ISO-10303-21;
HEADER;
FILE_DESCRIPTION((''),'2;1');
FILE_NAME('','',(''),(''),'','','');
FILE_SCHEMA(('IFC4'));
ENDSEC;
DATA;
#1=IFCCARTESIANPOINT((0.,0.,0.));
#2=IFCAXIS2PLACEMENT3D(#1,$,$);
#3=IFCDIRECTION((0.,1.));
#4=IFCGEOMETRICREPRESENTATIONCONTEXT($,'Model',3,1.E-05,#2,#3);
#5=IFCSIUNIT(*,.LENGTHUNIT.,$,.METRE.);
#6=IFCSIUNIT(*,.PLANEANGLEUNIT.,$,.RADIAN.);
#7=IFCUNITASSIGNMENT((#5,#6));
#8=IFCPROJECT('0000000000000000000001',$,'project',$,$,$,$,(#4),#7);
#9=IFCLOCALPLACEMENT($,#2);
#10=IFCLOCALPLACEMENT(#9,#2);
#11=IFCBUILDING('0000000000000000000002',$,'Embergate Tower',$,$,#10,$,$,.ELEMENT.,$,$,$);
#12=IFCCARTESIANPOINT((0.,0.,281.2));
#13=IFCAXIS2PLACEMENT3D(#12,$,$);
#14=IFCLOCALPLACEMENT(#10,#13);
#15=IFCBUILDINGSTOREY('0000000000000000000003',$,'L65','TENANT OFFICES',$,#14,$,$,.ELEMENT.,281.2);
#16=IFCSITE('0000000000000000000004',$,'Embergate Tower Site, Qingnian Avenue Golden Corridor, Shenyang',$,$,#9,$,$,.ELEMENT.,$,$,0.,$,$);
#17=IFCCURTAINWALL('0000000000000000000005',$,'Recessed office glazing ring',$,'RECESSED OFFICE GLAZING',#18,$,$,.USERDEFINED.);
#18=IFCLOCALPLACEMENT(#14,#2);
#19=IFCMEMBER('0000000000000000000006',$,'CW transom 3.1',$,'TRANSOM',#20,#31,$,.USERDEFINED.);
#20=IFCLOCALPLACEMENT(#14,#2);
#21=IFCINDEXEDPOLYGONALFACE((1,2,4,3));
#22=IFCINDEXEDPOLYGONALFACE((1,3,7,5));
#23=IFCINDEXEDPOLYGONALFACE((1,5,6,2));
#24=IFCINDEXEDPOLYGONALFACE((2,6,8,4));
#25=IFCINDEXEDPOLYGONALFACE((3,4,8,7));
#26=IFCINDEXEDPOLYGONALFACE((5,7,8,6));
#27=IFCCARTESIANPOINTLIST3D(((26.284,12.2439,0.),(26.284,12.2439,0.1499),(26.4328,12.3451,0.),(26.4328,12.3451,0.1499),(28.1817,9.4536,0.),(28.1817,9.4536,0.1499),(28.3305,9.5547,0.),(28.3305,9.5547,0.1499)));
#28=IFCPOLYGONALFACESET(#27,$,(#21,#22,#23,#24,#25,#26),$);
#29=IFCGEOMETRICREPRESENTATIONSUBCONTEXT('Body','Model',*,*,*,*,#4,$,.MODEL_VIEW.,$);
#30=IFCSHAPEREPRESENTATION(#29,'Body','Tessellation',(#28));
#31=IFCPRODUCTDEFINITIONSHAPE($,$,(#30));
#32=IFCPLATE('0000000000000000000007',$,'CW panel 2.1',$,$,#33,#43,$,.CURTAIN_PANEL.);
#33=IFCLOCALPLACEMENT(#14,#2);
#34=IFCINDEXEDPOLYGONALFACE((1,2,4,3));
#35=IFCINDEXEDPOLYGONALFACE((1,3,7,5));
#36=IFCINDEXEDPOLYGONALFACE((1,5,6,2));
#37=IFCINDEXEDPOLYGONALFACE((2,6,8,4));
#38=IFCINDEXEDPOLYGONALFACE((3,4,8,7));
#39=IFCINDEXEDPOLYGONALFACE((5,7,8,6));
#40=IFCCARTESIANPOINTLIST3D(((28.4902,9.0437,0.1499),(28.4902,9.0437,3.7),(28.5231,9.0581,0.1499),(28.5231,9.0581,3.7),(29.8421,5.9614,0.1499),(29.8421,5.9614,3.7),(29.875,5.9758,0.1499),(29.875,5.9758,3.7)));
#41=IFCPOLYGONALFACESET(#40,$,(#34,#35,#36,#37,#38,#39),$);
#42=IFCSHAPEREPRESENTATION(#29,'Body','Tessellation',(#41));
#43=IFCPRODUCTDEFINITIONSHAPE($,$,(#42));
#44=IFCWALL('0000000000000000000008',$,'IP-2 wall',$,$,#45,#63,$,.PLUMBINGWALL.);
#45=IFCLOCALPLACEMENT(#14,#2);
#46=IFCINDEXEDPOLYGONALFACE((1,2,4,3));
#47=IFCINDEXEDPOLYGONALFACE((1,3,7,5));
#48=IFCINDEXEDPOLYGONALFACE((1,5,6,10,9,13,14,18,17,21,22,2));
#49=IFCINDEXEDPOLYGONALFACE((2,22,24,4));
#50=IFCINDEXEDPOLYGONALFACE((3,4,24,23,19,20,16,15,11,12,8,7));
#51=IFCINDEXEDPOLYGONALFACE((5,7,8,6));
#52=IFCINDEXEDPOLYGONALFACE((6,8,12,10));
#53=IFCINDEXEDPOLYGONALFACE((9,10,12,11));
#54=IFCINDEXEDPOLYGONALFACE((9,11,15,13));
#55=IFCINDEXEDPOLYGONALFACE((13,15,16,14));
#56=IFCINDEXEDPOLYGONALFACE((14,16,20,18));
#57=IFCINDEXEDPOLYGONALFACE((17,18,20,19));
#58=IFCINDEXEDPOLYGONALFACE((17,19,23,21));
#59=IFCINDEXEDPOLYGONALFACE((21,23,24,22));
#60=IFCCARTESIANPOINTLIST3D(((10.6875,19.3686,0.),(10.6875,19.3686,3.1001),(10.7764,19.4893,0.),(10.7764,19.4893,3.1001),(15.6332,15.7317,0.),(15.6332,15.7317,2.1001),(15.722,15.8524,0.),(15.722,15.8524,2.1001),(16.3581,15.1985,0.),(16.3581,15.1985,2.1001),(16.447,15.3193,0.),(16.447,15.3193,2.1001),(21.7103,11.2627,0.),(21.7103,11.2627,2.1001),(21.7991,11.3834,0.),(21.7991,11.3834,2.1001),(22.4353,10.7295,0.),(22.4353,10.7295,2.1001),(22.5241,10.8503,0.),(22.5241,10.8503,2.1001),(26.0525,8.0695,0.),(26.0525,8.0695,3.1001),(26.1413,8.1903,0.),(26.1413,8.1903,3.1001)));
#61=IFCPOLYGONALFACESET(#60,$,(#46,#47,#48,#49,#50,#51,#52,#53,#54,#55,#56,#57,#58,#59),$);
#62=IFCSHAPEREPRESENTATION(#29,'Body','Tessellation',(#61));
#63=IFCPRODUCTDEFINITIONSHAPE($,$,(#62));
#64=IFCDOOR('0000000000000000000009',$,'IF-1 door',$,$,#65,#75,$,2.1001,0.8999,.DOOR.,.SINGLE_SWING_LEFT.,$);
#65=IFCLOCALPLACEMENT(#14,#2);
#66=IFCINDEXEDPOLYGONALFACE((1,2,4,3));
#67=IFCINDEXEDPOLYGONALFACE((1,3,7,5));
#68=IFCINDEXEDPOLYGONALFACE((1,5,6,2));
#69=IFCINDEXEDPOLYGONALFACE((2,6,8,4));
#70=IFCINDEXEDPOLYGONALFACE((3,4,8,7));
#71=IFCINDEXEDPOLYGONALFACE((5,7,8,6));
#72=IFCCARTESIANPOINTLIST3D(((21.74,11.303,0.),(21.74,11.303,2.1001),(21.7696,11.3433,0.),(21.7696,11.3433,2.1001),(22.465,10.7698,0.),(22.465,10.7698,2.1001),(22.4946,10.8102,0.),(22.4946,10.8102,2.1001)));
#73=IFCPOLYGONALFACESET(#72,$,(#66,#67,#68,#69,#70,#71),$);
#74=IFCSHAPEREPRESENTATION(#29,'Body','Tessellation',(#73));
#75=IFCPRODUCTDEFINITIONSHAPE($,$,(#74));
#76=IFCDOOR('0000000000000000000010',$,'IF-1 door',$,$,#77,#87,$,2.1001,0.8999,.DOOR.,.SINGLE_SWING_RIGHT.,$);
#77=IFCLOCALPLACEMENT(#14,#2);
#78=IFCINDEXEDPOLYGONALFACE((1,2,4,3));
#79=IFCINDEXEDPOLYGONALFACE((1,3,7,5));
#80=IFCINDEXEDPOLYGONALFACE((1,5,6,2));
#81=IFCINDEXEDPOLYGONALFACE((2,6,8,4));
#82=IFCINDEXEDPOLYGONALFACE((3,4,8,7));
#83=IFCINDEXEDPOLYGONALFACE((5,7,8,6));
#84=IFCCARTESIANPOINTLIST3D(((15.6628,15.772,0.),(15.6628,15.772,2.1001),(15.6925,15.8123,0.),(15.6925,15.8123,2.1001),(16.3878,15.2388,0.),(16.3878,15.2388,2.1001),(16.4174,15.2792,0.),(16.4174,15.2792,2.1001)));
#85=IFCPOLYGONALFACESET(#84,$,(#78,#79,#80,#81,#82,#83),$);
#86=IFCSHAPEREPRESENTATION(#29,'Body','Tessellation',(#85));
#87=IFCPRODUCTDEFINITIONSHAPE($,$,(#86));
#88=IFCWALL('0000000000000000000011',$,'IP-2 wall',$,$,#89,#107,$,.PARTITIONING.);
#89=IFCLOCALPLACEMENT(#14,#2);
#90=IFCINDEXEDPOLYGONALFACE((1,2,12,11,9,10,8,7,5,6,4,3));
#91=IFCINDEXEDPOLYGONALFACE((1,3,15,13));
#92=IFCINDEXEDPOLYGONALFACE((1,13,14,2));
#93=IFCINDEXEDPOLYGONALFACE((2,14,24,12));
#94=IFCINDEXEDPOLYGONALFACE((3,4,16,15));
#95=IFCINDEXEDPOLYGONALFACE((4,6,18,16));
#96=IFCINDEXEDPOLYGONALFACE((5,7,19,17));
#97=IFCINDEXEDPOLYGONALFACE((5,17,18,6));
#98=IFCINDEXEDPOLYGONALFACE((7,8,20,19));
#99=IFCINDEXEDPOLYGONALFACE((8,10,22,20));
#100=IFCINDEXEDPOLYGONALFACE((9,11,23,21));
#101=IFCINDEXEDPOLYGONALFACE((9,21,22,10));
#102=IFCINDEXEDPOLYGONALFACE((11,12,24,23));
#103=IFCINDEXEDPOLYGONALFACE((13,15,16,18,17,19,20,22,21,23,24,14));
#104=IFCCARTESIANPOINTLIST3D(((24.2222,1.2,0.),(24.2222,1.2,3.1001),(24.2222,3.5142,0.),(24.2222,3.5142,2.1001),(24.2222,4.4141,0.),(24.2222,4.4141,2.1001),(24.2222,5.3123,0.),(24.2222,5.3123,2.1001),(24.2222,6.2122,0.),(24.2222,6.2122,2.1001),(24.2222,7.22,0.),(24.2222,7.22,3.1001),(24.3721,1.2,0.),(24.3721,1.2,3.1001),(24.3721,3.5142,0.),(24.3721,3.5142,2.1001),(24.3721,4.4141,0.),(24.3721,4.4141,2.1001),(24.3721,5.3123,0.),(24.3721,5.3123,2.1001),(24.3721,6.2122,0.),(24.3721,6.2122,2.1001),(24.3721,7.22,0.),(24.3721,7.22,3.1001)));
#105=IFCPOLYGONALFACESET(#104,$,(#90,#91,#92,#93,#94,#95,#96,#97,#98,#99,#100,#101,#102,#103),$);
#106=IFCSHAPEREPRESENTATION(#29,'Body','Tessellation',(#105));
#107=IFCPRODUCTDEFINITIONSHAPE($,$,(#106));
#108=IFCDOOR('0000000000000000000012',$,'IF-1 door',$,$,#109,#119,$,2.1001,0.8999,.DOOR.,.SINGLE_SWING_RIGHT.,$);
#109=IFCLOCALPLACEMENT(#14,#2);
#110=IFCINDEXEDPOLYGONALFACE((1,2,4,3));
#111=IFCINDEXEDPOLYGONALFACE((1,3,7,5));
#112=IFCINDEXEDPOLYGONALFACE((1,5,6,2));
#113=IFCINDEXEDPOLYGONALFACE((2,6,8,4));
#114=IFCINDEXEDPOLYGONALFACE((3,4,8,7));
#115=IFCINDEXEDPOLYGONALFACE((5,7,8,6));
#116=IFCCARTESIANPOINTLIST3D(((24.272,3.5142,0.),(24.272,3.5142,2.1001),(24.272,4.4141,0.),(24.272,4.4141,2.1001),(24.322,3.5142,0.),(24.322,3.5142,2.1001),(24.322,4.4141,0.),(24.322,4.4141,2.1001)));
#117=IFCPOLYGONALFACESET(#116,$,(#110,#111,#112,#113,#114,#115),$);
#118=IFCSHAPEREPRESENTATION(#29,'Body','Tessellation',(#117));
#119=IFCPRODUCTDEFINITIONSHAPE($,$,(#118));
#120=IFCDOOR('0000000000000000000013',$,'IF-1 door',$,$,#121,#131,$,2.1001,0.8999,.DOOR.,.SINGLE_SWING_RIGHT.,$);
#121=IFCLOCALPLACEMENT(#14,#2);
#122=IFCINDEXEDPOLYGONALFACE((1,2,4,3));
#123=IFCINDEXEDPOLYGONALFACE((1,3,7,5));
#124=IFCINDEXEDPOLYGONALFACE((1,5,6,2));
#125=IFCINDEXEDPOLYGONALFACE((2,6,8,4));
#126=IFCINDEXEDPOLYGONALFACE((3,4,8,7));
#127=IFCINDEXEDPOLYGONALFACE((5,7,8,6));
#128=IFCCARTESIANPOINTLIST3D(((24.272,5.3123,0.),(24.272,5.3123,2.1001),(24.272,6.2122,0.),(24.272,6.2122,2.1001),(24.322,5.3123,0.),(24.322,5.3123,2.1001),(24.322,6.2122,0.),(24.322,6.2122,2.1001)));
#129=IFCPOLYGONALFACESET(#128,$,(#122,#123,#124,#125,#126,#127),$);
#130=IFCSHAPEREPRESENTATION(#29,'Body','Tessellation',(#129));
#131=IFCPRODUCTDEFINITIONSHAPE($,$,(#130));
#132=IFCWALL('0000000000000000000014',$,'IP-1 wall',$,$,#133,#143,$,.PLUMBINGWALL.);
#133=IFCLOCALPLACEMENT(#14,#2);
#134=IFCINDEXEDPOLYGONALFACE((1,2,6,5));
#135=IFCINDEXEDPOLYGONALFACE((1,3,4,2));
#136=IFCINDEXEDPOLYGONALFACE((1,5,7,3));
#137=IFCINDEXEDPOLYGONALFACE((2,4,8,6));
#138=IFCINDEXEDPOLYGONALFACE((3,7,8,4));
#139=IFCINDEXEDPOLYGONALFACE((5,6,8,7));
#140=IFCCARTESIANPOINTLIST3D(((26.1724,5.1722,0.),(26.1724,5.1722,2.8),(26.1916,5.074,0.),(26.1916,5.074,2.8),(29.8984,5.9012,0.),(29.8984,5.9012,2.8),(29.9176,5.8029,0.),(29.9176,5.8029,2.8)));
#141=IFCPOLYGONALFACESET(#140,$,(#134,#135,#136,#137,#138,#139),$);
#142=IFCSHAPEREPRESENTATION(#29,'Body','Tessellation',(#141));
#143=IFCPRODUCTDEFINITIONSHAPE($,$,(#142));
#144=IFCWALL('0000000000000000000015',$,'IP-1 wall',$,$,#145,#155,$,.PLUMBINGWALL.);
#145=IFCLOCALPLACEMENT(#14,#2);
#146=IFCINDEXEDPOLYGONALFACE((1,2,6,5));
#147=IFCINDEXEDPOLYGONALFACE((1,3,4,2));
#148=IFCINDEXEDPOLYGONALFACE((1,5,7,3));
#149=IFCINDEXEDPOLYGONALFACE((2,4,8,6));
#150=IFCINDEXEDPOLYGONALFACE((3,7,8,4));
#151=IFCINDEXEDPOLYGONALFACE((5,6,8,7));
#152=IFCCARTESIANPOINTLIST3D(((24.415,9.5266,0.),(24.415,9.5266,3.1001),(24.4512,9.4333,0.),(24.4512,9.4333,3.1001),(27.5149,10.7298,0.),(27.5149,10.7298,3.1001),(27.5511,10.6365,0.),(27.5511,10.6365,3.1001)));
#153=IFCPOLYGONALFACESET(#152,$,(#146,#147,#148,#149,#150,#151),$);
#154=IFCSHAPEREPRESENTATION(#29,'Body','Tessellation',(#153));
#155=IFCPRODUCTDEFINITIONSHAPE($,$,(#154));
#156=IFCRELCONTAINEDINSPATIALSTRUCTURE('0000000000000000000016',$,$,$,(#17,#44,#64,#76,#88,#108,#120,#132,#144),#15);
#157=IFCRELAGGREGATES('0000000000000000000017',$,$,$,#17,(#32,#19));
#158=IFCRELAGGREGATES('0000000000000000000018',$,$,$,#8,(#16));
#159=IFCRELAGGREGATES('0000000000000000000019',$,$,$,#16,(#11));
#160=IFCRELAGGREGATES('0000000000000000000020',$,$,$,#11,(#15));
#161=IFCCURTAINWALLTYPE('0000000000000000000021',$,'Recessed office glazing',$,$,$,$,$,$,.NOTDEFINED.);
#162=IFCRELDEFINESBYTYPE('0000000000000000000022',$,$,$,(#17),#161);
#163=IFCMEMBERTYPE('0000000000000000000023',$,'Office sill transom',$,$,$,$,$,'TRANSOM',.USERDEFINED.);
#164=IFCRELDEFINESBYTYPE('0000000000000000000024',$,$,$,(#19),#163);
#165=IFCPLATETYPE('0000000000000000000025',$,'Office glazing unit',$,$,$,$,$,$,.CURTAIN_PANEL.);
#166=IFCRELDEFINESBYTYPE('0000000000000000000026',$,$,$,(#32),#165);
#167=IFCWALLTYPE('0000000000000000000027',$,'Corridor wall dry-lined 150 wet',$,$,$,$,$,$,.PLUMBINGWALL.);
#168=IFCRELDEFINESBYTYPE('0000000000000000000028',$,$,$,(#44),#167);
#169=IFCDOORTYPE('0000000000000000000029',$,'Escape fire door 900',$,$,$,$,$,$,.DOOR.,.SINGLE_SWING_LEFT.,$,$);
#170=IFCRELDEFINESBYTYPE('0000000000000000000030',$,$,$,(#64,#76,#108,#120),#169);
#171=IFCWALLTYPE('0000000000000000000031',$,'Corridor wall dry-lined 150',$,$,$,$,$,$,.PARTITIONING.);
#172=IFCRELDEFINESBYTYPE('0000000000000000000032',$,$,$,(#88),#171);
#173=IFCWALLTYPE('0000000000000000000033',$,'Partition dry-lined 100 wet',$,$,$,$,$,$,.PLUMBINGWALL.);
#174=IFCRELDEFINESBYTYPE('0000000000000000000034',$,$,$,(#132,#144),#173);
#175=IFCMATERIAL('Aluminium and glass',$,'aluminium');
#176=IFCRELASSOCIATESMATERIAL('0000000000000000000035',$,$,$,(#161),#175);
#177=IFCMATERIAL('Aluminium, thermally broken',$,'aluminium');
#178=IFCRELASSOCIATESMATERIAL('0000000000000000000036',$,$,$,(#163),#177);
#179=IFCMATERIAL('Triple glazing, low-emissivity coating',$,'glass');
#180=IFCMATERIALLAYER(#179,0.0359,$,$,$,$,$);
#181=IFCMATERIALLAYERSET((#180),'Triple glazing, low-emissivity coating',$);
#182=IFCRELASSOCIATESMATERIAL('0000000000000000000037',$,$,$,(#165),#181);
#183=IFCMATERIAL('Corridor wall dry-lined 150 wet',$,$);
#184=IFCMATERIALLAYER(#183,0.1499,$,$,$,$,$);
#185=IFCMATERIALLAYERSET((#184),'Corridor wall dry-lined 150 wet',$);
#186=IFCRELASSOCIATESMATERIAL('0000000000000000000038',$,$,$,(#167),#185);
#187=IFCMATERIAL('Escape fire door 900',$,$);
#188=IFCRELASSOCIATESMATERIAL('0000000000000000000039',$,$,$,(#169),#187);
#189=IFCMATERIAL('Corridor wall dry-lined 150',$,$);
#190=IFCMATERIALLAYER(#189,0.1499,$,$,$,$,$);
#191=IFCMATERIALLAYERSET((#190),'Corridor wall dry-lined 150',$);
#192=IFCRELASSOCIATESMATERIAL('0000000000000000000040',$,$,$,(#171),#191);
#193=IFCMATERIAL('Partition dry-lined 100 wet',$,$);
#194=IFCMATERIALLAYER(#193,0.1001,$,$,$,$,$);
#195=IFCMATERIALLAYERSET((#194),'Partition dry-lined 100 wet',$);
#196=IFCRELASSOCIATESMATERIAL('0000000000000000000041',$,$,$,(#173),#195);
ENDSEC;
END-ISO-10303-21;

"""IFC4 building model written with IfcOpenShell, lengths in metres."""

from ifc_helpers import new_model, si_unit, direction, frame, frame_2d, origin, origin_2d, place, context, subcontext, project, spatial, rectangle, extrude, source, transform, mapped, material, layer, layer_set, material_profile, profile_set, type_object, element, fill, aggregate, save


model = new_model("IFC4")

# Units and contexts
model_context = context("Model", 3, precision=1e-05, world=origin(), true_north=direction((0.0, 1.0)))
body_context = subcontext(model_context, "Body", "Model", "MODEL_VIEW")
ifc_project = project(units=[si_unit("LENGTHUNIT", "METRE"), si_unit("PLANEANGLEUNIT", "RADIAN")], contexts=[model_context])

# Site, building, storey
site_placement = place(None, origin())
site = spatial("IfcSite", under=ifc_project, at=site_placement, Name="Embergate Tower Site, Qingnian Avenue Golden Corridor, Shenyang", CompositionType="ELEMENT", RefElevation=0.0)
building_placement = place(site_placement, origin())
building = spatial("IfcBuilding", under=site, at=building_placement, Name="Embergate Tower", CompositionType="ELEMENT")
storey_placement = place(building_placement, frame((0.0, 0.0, 281.2)))
storey = spatial("IfcBuildingStorey", under=building, at=storey_placement, Name="L65", Description="TENANT OFFICES", CompositionType="ELEMENT", Elevation=281.2)

# Curtain wall, member, plate
ifc_material_1 = material(Name="Aluminium and glass", Category="aluminium")
curtain_wall_type = type_object("IfcCurtainWallType", Name="Recessed office glazing", PredefinedType="NOTDEFINED", material=ifc_material_1)
curtain_wall_placement = place(storey_placement, origin())
curtain_wall = element("IfcCurtainWall", 1, at=curtain_wall_placement, inside=storey, type_object=curtain_wall_type, Name="Recessed office glazing ring", ObjectType="RECESSED OFFICE GLAZING", PredefinedType="USERDEFINED")
ifc_material_2 = material(Name="Aluminium, thermally broken", Category="aluminium")
ifc_material_profile_1 = material_profile(ifc_material_2, rectangle(XDim=0.1799, YDim=0.1499, at=origin_2d()), Name="AL 150x180")
ifc_profile_set_1 = profile_set([ifc_material_profile_1], Name="Aluminium, thermally broken")
member_type_1 = type_object("IfcMemberType", Name="Office sill transom", ElementType="TRANSOM", PredefinedType="USERDEFINED", material=ifc_profile_set_1)
shared_shape_1 = source(origin(), body_context, "Body", "SweptSolid", [
    extrude(rectangle(XDim=0.1799, YDim=0.1499, at=origin_2d()), origin(), (0.0, 0.0, 1.0), 3.3745),
])
member_1_placement = place(storey_placement, frame((28.2561, 9.5042, 0.075), z_axis=(-0.562373, 0.826883, 0.0), x_axis=(-0.826883, -0.562373, 0.0)))
member_1 = element("IfcMember", 2, at=member_1_placement, type_object=member_type_1, Name="CW transom 3.1", ObjectType="TRANSOM", PredefinedType="USERDEFINED", context=body_context, shape_type="MappedRepresentation", body=[
    mapped(shared_shape_1, transform((0.0, 0.0, 0.0))),
])
ifc_material_3 = material(Name="Triple glazing, low-emissivity coating", Category="glass")
ifc_layer_1 = layer(ifc_material_3, 0.0359)
ifc_layer_set_1 = layer_set([ifc_layer_1], Name="Triple glazing, low-emissivity coating")
plate_type = type_object("IfcPlateType", Name="Office glazing unit", PredefinedType="CURTAIN_PANEL", material=ifc_layer_set_1)
shared_shape_2 = source(origin(), body_context, "Body", "SweptSolid", [
    extrude(rectangle(XDim=3.3657, YDim=0.0359, at=origin_2d()), origin(), (0.0, 0.0, 1.0), 3.55),
])
plate_placement = place(storey_placement, frame((29.1826, 7.5098, 0.1499), z_axis=(0.0, 0.0, 1.0), x_axis=(-0.401658, 0.91579, 0.0)))
plate = element("IfcPlate", 3, at=plate_placement, type_object=plate_type, Name="CW panel 2.1", PredefinedType="CURTAIN_PANEL", context=body_context, shape_type="MappedRepresentation", body=[
    mapped(shared_shape_2, transform((0.0, 0.0, 0.0))),
])
aggregate(curtain_wall, [plate, member_1])

# Walls, openings, doors
ifc_material_4 = material(Name="Corridor wall dry-lined 150 wet")
ifc_layer_2 = layer(ifc_material_4, 0.1499)
ifc_layer_set_2 = layer_set([ifc_layer_2], Name="Corridor wall dry-lined 150 wet")
wall_type_1 = type_object("IfcWallType", Name="Corridor wall dry-lined 150 wet", PredefinedType="PLUMBINGWALL", material=ifc_layer_set_2)
shared_shape_3 = source(origin(), body_context, "Body", "SweptSolid", [
    extrude(rectangle(XDim=19.0723, YDim=0.1499, at=frame_2d((9.5361, 0.0))), origin(), (0.0, 0.0, 1.0), 3.1001),
])
wall_1_placement = place(storey_placement, frame((26.0969, 8.1299, 0.0), z_axis=(0.0, 0.0, 1.0), x_axis=(-0.805619, 0.592434, 0.0)))
wall_1 = element("IfcWall", 4, at=wall_1_placement, inside=storey, type_object=wall_type_1, Name="IP-2 wall", PredefinedType="PLUMBINGWALL", context=body_context, shape_type="MappedRepresentation", body=[
    mapped(shared_shape_3, transform((0.0, 0.0, 0.0))),
])
shared_shape_4 = source(origin(), body_context, "Body", "SweptSolid", [
    extrude(rectangle(XDim=0.8999, YDim=2.1001, at=frame_2d((0.45, 1.05))), frame((0.0, 0.085, 0.0), z_axis=(0.0, -1.0, 0.0), x_axis=(1.0, 0.0, 0.0)), (0.0, 0.0, 1.0), 0.1699),
])
opening_1_placement = place(wall_1_placement, frame((4.49, 0.0, 0.0)))
opening_1 = element("IfcOpeningElement", 5, at=opening_1_placement, cuts=wall_1, PredefinedType="OPENING", context=body_context, shape_type="MappedRepresentation", body=[
    mapped(shared_shape_4, transform((0.0, 0.0, 0.0))),
])
opening_2_placement = place(wall_1_placement, frame((12.0334, 0.0, 0.0)))
opening_2 = element("IfcOpeningElement", 6, at=opening_2_placement, cuts=wall_1, PredefinedType="OPENING", context=body_context, shape_type="MappedRepresentation", body=[
    mapped(shared_shape_4, transform((0.0, 0.0, 0.0))),
])
ifc_material_5 = material(Name="Escape fire door 900")
door_type = type_object("IfcDoorType", Name="Escape fire door 900", OperationType="SINGLE_SWING_LEFT", PredefinedType="DOOR", material=ifc_material_5)
shared_shape_5 = source(origin(), body_context, "Body", "SweptSolid", [
    extrude(rectangle(XDim=0.8999, YDim=2.1001, at=frame_2d((0.45, 1.05))), frame((0.0, 0.0249, 0.0), z_axis=(0.0, -1.0, 0.0), x_axis=(1.0, 0.0, 0.0)), (0.0, 0.0, 1.0), 0.05),
])
door_1_placement = place(opening_1_placement, origin())
door_1 = element("IfcDoor", 7, at=door_1_placement, inside=storey, type_object=door_type, Name="IF-1 door", OperationType="SINGLE_SWING_LEFT", OverallHeight=2.1001, OverallWidth=0.8999, PredefinedType="DOOR", context=body_context, shape_type="MappedRepresentation", body=[
    mapped(shared_shape_5, transform((0.0, 0.0, 0.0))),
])
fill(opening_1, door_1)
door_2_placement = place(opening_2_placement, origin())
door_2 = element("IfcDoor", 8, at=door_2_placement, inside=storey, type_object=door_type, Name="IF-1 door", OperationType="SINGLE_SWING_RIGHT", OverallHeight=2.1001, OverallWidth=0.8999, PredefinedType="DOOR", context=body_context, shape_type="MappedRepresentation", body=[
    mapped(shared_shape_5, transform((0.0, 0.0, 0.0))),
])
fill(opening_2, door_2)
ifc_material_6 = material(Name="Corridor wall dry-lined 150")
ifc_layer_3 = layer(ifc_material_6, 0.1499)
ifc_layer_set_3 = layer_set([ifc_layer_3], Name="Corridor wall dry-lined 150")
wall_type_2 = type_object("IfcWallType", Name="Corridor wall dry-lined 150", PredefinedType="PARTITIONING", material=ifc_layer_set_3)
shared_shape_6 = source(origin(), body_context, "Body", "SweptSolid", [
    extrude(rectangle(XDim=6.02, YDim=0.1499, at=frame_2d((3.01, 0.0))), origin(), (0.0, 0.0, 1.0), 3.1001),
])
wall_2_placement = place(storey_placement, frame((24.2971, 7.22, 0.0), z_axis=(0.0, 0.0, 1.0), x_axis=(0.0, -1.0, 0.0)))
wall_2 = element("IfcWall", 9, at=wall_2_placement, inside=storey, type_object=wall_type_2, Name="IP-2 wall", PredefinedType="PARTITIONING", context=body_context, shape_type="MappedRepresentation", body=[
    mapped(shared_shape_6, transform((0.0, 0.0, 0.0))),
])
opening_3_placement = place(wall_2_placement, frame((2.8059, 0.0, 0.0)))
opening_3 = element("IfcOpeningElement", 10, at=opening_3_placement, cuts=wall_2, PredefinedType="OPENING", context=body_context, shape_type="MappedRepresentation", body=[
    mapped(shared_shape_4, transform((0.0, 0.0, 0.0))),
])
opening_4_placement = place(wall_2_placement, frame((1.0078, 0.0, 0.0)))
opening_4 = element("IfcOpeningElement", 11, at=opening_4_placement, cuts=wall_2, PredefinedType="OPENING", context=body_context, shape_type="MappedRepresentation", body=[
    mapped(shared_shape_4, transform((0.0, 0.0, 0.0))),
])
door_3_placement = place(opening_3_placement, origin())
door_3 = element("IfcDoor", 12, at=door_3_placement, inside=storey, type_object=door_type, Name="IF-1 door", OperationType="SINGLE_SWING_RIGHT", OverallHeight=2.1001, OverallWidth=0.8999, PredefinedType="DOOR", context=body_context, shape_type="MappedRepresentation", body=[
    mapped(shared_shape_5, transform((0.0, 0.0, 0.0))),
])
fill(opening_3, door_3)
door_4_placement = place(opening_4_placement, origin())
door_4 = element("IfcDoor", 13, at=door_4_placement, inside=storey, type_object=door_type, Name="IF-1 door", OperationType="SINGLE_SWING_RIGHT", OverallHeight=2.1001, OverallWidth=0.8999, PredefinedType="DOOR", context=body_context, shape_type="MappedRepresentation", body=[
    mapped(shared_shape_5, transform((0.0, 0.0, 0.0))),
])
fill(opening_4, door_4)

# Walls
ifc_material_7 = material(Name="Partition dry-lined 100 wet")
ifc_layer_4 = layer(ifc_material_7, 0.1001)
ifc_layer_set_4 = layer_set([ifc_layer_4], Name="Partition dry-lined 100 wet")
wall_type_3 = type_object("IfcWallType", Name="Partition dry-lined 100 wet", PredefinedType="PLUMBINGWALL", material=ifc_layer_set_4)
shared_shape_7 = source(origin(), body_context, "Body", "SweptSolid", [
    extrude(rectangle(XDim=3.7966, YDim=0.1001, at=frame_2d((1.8984, 0.0))), origin(), (0.0, 0.0, 1.0), 2.8),
])
wall_3_placement = place(storey_placement, frame((26.1819, 5.123, 0.0), z_axis=(0.0, 0.0, 1.0), x_axis=(0.981393, 0.192009, 0.0)))
element("IfcWall", 14, at=wall_3_placement, inside=storey, type_object=wall_type_3, Name="IP-1 wall", PredefinedType="PLUMBINGWALL", context=body_context, shape_type="MappedRepresentation", body=[
    mapped(shared_shape_7, transform((0.0, 0.0, 0.0))),
])
shared_shape_8 = source(origin(), body_context, "Body", "SweptSolid", [
    extrude(rectangle(XDim=3.3252, YDim=0.1001, at=frame_2d((1.6626, 0.0))), origin(), (0.0, 0.0, 1.0), 3.1001),
])
wall_4_placement = place(storey_placement, frame((24.4331, 9.48, 0.0), z_axis=(0.0, 0.0, 1.0), x_axis=(0.932246, 0.361826, 0.0)))
element("IfcWall", 15, at=wall_4_placement, inside=storey, type_object=wall_type_3, Name="IP-1 wall", PredefinedType="PLUMBINGWALL", context=body_context, shape_type="MappedRepresentation", body=[
    mapped(shared_shape_8, transform((0.0, 0.0, 0.0))),
])

save(model, "model.ifc")
